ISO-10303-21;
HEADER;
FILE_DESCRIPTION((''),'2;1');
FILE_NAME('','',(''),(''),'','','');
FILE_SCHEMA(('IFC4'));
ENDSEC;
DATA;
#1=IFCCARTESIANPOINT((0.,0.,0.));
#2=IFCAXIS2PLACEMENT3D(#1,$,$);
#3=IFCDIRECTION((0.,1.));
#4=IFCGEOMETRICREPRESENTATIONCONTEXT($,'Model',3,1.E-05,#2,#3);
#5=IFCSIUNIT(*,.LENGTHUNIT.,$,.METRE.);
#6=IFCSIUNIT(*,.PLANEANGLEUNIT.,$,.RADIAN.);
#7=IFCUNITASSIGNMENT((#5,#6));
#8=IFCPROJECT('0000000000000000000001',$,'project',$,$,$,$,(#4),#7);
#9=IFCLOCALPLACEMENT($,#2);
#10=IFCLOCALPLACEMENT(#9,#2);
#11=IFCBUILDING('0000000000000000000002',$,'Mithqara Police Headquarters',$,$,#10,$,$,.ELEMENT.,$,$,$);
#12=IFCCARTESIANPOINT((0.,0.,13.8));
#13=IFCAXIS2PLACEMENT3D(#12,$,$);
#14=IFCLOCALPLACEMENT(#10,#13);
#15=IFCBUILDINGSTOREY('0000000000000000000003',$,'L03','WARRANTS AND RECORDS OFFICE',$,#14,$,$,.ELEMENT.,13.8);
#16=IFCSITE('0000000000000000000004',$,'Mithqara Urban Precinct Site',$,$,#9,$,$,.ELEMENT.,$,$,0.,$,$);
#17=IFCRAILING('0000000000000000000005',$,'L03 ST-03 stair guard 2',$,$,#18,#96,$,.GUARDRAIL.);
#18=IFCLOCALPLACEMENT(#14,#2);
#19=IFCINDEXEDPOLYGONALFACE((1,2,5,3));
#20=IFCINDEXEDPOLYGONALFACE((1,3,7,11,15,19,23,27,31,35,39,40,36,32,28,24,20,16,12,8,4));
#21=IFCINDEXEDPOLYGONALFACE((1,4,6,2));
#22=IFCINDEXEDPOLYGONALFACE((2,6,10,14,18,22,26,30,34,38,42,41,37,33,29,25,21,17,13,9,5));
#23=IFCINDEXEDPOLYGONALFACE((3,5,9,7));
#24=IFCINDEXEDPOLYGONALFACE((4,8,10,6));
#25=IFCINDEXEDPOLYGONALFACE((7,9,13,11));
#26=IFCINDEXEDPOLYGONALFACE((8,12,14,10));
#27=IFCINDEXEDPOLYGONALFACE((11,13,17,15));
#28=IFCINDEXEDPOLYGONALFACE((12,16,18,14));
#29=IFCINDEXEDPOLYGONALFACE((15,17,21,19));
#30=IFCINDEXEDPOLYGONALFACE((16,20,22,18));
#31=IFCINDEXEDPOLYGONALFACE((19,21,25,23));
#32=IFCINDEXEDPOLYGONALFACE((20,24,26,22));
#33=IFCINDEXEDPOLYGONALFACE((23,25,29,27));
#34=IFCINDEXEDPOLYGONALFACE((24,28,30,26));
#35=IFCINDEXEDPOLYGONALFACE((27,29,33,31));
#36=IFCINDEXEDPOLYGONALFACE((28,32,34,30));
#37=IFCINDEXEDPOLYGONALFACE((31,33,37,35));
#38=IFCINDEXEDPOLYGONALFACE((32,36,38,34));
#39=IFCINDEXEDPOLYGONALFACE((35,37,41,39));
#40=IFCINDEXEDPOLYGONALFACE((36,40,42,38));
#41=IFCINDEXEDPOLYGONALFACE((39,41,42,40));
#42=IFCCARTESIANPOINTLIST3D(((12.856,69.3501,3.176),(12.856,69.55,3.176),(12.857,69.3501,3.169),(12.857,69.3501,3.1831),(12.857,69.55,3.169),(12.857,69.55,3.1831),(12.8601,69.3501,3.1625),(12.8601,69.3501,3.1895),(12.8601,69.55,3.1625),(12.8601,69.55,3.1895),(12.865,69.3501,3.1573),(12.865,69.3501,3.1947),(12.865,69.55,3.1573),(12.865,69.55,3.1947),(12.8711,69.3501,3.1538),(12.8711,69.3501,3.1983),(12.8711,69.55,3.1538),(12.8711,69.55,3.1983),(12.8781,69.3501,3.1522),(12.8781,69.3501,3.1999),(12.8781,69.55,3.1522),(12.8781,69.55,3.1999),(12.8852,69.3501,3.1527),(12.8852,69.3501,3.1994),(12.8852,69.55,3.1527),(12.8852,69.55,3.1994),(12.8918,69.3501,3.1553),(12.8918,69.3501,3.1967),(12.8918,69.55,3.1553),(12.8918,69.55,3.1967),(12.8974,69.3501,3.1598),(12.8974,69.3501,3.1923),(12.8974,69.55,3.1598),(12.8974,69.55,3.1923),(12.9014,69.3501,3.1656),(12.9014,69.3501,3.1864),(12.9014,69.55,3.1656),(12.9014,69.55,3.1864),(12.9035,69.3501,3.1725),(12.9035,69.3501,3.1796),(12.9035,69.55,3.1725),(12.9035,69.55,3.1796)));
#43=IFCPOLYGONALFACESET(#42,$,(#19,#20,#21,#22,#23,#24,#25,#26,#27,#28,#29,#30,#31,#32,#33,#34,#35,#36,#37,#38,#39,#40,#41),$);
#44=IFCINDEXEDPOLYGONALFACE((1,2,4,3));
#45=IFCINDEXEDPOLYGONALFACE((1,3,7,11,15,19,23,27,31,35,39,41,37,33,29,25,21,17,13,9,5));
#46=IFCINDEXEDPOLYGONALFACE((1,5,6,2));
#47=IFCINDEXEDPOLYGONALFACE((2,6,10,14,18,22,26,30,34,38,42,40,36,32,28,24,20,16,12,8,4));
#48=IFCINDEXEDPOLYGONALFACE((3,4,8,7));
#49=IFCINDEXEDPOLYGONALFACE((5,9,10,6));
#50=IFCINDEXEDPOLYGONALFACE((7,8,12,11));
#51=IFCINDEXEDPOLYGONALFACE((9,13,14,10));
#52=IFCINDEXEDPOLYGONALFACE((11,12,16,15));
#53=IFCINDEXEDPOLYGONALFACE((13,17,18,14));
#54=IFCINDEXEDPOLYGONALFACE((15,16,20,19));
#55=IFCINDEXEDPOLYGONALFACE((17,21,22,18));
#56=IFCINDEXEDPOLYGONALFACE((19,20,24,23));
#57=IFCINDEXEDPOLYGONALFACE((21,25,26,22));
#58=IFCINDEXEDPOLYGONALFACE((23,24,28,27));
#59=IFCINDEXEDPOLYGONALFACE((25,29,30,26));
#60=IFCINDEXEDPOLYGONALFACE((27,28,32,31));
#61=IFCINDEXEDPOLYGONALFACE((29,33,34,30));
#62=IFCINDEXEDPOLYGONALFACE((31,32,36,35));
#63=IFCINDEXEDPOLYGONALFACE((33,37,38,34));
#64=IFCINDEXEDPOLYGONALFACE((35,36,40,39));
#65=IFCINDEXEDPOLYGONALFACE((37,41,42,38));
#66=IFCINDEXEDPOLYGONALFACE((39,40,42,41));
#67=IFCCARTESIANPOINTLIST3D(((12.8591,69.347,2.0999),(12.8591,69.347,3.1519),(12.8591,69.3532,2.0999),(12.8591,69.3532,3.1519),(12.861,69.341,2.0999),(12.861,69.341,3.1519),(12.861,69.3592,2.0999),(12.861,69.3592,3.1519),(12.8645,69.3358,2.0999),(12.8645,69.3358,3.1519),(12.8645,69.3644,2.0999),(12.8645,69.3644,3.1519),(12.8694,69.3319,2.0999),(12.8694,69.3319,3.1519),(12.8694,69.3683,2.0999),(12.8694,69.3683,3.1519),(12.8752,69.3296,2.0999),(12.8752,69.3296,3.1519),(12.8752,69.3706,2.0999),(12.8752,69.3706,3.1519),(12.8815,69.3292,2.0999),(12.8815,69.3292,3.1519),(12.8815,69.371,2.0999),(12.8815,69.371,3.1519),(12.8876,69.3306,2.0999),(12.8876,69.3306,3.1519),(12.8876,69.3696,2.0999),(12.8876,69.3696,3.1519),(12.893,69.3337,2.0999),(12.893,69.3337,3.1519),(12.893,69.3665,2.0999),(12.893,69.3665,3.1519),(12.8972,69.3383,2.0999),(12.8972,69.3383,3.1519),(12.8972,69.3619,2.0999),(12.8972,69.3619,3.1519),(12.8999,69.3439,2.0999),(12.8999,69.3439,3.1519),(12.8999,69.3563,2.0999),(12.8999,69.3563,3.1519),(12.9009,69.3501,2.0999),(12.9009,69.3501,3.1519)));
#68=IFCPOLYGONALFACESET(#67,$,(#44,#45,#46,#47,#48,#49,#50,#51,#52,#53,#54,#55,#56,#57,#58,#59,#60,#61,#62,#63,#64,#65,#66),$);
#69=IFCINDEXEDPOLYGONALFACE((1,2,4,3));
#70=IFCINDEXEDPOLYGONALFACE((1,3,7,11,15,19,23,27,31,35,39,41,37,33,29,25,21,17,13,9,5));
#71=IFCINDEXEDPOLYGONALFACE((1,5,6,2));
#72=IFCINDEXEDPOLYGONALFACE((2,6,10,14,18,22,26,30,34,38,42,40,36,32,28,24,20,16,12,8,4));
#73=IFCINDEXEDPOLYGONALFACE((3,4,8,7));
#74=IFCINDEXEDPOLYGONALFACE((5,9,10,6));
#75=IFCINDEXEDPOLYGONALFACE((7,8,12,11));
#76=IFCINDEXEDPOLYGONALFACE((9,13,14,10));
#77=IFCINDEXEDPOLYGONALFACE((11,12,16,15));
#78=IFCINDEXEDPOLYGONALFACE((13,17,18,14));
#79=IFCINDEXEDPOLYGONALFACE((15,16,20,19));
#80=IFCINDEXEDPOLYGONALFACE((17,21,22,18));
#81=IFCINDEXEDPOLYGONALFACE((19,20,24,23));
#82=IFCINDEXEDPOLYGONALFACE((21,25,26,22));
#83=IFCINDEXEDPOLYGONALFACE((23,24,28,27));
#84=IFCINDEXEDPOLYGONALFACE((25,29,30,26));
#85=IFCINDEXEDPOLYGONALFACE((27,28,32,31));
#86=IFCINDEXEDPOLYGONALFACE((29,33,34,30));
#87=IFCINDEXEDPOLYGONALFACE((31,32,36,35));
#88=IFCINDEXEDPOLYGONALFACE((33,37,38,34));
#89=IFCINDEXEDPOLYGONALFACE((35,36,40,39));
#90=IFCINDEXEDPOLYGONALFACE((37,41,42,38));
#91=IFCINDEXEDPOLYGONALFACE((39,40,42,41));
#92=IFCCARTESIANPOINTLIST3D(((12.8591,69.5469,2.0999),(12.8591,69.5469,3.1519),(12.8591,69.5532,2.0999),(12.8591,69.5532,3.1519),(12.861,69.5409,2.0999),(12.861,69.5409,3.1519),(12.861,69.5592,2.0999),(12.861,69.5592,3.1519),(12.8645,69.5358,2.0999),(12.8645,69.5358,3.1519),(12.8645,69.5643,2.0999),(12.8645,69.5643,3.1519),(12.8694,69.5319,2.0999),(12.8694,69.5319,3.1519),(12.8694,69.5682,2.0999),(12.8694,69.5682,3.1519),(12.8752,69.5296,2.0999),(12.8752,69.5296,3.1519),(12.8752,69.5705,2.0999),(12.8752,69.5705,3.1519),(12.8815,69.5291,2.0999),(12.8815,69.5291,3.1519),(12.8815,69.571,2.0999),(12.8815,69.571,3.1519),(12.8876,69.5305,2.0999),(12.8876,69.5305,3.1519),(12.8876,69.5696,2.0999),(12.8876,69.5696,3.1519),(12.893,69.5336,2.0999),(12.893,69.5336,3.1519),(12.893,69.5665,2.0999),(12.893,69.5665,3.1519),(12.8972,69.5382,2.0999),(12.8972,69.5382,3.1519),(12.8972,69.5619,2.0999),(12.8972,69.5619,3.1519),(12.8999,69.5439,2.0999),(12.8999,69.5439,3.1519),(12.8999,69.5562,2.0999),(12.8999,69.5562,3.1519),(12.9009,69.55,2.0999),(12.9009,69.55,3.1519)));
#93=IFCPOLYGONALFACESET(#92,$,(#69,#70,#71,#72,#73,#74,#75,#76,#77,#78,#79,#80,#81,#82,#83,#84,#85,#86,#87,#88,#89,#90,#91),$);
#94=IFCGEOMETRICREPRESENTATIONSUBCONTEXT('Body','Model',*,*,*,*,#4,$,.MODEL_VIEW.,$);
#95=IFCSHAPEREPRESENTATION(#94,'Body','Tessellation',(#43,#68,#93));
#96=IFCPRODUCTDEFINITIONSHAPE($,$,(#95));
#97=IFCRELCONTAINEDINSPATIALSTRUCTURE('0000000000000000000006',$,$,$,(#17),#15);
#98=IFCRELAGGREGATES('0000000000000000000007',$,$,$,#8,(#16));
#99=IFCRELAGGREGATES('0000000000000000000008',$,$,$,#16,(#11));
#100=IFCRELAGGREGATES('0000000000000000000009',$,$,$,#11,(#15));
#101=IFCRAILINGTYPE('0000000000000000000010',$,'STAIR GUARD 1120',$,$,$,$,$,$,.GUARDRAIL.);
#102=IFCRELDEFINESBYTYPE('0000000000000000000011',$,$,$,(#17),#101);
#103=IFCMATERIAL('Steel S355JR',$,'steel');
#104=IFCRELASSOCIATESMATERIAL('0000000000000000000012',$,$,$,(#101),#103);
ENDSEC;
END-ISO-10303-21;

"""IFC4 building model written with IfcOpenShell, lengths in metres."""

from ifc_helpers import new_model, si_unit, direction, frame, origin, origin_2d, place, context, subcontext, project, spatial, circle, extrude, material, type_object, element, save


model = new_model("IFC4")

# Units and contexts
model_context = context("Model", 3, precision=1e-05, world=origin(), true_north=direction((0.0, 1.0)))
body_context = subcontext(model_context, "Body", "Model", "MODEL_VIEW")
ifc_project = project(units=[si_unit("LENGTHUNIT", "METRE"), si_unit("PLANEANGLEUNIT", "RADIAN")], contexts=[model_context])

# Site, building, storey
site_placement = place(None, origin())
site = spatial("IfcSite", under=ifc_project, at=site_placement, Name="Mithqara Urban Precinct Site", CompositionType="ELEMENT", RefElevation=0.0)
building_placement = place(site_placement, origin())
building = spatial("IfcBuilding", under=site, at=building_placement, Name="Mithqara Police Headquarters", CompositionType="ELEMENT")
storey_placement = place(building_placement, frame((0.0, 0.0, 13.8)))
storey = spatial("IfcBuildingStorey", under=building, at=storey_placement, Name="L03", Description="WARRANTS AND RECORDS OFFICE", CompositionType="ELEMENT", Elevation=13.8)

# Shared definitions
ifc_material_1 = material(Name="Steel S355JR", Category="steel")

# Railing
railing_type_1 = type_object("IfcRailingType", Name="STAIR GUARD 1120", PredefinedType="GUARDRAIL", material=ifc_material_1)
railing_1_placement = place(storey_placement, frame((12.8799, 69.3501, 2.0999)))
element("IfcRailing", 1, at=railing_1_placement, inside=storey, type_object=railing_type_1, Name="L03 ST-03 stair guard 2", PredefinedType="GUARDRAIL", context=body_context, shape_type="SweptSolid", body=[
    extrude(circle(Radius=0.0239, at=origin_2d()), frame((0.0, 0.0, 1.0762), z_axis=(0.0, 1.0, 0.0), x_axis=(-1.0, 0.0, 0.0)), (0.0, 0.0, 1.0), 0.2),
    extrude(circle(Radius=0.021, at=origin_2d()), origin(), (0.0, 0.0, 1.0), 1.052),
    extrude(circle(Radius=0.021, at=origin_2d()), frame((0.0, 0.2, 0.0)), (0.0, 0.0, 1.0), 1.052),
])

save(model, "model.ifc")
